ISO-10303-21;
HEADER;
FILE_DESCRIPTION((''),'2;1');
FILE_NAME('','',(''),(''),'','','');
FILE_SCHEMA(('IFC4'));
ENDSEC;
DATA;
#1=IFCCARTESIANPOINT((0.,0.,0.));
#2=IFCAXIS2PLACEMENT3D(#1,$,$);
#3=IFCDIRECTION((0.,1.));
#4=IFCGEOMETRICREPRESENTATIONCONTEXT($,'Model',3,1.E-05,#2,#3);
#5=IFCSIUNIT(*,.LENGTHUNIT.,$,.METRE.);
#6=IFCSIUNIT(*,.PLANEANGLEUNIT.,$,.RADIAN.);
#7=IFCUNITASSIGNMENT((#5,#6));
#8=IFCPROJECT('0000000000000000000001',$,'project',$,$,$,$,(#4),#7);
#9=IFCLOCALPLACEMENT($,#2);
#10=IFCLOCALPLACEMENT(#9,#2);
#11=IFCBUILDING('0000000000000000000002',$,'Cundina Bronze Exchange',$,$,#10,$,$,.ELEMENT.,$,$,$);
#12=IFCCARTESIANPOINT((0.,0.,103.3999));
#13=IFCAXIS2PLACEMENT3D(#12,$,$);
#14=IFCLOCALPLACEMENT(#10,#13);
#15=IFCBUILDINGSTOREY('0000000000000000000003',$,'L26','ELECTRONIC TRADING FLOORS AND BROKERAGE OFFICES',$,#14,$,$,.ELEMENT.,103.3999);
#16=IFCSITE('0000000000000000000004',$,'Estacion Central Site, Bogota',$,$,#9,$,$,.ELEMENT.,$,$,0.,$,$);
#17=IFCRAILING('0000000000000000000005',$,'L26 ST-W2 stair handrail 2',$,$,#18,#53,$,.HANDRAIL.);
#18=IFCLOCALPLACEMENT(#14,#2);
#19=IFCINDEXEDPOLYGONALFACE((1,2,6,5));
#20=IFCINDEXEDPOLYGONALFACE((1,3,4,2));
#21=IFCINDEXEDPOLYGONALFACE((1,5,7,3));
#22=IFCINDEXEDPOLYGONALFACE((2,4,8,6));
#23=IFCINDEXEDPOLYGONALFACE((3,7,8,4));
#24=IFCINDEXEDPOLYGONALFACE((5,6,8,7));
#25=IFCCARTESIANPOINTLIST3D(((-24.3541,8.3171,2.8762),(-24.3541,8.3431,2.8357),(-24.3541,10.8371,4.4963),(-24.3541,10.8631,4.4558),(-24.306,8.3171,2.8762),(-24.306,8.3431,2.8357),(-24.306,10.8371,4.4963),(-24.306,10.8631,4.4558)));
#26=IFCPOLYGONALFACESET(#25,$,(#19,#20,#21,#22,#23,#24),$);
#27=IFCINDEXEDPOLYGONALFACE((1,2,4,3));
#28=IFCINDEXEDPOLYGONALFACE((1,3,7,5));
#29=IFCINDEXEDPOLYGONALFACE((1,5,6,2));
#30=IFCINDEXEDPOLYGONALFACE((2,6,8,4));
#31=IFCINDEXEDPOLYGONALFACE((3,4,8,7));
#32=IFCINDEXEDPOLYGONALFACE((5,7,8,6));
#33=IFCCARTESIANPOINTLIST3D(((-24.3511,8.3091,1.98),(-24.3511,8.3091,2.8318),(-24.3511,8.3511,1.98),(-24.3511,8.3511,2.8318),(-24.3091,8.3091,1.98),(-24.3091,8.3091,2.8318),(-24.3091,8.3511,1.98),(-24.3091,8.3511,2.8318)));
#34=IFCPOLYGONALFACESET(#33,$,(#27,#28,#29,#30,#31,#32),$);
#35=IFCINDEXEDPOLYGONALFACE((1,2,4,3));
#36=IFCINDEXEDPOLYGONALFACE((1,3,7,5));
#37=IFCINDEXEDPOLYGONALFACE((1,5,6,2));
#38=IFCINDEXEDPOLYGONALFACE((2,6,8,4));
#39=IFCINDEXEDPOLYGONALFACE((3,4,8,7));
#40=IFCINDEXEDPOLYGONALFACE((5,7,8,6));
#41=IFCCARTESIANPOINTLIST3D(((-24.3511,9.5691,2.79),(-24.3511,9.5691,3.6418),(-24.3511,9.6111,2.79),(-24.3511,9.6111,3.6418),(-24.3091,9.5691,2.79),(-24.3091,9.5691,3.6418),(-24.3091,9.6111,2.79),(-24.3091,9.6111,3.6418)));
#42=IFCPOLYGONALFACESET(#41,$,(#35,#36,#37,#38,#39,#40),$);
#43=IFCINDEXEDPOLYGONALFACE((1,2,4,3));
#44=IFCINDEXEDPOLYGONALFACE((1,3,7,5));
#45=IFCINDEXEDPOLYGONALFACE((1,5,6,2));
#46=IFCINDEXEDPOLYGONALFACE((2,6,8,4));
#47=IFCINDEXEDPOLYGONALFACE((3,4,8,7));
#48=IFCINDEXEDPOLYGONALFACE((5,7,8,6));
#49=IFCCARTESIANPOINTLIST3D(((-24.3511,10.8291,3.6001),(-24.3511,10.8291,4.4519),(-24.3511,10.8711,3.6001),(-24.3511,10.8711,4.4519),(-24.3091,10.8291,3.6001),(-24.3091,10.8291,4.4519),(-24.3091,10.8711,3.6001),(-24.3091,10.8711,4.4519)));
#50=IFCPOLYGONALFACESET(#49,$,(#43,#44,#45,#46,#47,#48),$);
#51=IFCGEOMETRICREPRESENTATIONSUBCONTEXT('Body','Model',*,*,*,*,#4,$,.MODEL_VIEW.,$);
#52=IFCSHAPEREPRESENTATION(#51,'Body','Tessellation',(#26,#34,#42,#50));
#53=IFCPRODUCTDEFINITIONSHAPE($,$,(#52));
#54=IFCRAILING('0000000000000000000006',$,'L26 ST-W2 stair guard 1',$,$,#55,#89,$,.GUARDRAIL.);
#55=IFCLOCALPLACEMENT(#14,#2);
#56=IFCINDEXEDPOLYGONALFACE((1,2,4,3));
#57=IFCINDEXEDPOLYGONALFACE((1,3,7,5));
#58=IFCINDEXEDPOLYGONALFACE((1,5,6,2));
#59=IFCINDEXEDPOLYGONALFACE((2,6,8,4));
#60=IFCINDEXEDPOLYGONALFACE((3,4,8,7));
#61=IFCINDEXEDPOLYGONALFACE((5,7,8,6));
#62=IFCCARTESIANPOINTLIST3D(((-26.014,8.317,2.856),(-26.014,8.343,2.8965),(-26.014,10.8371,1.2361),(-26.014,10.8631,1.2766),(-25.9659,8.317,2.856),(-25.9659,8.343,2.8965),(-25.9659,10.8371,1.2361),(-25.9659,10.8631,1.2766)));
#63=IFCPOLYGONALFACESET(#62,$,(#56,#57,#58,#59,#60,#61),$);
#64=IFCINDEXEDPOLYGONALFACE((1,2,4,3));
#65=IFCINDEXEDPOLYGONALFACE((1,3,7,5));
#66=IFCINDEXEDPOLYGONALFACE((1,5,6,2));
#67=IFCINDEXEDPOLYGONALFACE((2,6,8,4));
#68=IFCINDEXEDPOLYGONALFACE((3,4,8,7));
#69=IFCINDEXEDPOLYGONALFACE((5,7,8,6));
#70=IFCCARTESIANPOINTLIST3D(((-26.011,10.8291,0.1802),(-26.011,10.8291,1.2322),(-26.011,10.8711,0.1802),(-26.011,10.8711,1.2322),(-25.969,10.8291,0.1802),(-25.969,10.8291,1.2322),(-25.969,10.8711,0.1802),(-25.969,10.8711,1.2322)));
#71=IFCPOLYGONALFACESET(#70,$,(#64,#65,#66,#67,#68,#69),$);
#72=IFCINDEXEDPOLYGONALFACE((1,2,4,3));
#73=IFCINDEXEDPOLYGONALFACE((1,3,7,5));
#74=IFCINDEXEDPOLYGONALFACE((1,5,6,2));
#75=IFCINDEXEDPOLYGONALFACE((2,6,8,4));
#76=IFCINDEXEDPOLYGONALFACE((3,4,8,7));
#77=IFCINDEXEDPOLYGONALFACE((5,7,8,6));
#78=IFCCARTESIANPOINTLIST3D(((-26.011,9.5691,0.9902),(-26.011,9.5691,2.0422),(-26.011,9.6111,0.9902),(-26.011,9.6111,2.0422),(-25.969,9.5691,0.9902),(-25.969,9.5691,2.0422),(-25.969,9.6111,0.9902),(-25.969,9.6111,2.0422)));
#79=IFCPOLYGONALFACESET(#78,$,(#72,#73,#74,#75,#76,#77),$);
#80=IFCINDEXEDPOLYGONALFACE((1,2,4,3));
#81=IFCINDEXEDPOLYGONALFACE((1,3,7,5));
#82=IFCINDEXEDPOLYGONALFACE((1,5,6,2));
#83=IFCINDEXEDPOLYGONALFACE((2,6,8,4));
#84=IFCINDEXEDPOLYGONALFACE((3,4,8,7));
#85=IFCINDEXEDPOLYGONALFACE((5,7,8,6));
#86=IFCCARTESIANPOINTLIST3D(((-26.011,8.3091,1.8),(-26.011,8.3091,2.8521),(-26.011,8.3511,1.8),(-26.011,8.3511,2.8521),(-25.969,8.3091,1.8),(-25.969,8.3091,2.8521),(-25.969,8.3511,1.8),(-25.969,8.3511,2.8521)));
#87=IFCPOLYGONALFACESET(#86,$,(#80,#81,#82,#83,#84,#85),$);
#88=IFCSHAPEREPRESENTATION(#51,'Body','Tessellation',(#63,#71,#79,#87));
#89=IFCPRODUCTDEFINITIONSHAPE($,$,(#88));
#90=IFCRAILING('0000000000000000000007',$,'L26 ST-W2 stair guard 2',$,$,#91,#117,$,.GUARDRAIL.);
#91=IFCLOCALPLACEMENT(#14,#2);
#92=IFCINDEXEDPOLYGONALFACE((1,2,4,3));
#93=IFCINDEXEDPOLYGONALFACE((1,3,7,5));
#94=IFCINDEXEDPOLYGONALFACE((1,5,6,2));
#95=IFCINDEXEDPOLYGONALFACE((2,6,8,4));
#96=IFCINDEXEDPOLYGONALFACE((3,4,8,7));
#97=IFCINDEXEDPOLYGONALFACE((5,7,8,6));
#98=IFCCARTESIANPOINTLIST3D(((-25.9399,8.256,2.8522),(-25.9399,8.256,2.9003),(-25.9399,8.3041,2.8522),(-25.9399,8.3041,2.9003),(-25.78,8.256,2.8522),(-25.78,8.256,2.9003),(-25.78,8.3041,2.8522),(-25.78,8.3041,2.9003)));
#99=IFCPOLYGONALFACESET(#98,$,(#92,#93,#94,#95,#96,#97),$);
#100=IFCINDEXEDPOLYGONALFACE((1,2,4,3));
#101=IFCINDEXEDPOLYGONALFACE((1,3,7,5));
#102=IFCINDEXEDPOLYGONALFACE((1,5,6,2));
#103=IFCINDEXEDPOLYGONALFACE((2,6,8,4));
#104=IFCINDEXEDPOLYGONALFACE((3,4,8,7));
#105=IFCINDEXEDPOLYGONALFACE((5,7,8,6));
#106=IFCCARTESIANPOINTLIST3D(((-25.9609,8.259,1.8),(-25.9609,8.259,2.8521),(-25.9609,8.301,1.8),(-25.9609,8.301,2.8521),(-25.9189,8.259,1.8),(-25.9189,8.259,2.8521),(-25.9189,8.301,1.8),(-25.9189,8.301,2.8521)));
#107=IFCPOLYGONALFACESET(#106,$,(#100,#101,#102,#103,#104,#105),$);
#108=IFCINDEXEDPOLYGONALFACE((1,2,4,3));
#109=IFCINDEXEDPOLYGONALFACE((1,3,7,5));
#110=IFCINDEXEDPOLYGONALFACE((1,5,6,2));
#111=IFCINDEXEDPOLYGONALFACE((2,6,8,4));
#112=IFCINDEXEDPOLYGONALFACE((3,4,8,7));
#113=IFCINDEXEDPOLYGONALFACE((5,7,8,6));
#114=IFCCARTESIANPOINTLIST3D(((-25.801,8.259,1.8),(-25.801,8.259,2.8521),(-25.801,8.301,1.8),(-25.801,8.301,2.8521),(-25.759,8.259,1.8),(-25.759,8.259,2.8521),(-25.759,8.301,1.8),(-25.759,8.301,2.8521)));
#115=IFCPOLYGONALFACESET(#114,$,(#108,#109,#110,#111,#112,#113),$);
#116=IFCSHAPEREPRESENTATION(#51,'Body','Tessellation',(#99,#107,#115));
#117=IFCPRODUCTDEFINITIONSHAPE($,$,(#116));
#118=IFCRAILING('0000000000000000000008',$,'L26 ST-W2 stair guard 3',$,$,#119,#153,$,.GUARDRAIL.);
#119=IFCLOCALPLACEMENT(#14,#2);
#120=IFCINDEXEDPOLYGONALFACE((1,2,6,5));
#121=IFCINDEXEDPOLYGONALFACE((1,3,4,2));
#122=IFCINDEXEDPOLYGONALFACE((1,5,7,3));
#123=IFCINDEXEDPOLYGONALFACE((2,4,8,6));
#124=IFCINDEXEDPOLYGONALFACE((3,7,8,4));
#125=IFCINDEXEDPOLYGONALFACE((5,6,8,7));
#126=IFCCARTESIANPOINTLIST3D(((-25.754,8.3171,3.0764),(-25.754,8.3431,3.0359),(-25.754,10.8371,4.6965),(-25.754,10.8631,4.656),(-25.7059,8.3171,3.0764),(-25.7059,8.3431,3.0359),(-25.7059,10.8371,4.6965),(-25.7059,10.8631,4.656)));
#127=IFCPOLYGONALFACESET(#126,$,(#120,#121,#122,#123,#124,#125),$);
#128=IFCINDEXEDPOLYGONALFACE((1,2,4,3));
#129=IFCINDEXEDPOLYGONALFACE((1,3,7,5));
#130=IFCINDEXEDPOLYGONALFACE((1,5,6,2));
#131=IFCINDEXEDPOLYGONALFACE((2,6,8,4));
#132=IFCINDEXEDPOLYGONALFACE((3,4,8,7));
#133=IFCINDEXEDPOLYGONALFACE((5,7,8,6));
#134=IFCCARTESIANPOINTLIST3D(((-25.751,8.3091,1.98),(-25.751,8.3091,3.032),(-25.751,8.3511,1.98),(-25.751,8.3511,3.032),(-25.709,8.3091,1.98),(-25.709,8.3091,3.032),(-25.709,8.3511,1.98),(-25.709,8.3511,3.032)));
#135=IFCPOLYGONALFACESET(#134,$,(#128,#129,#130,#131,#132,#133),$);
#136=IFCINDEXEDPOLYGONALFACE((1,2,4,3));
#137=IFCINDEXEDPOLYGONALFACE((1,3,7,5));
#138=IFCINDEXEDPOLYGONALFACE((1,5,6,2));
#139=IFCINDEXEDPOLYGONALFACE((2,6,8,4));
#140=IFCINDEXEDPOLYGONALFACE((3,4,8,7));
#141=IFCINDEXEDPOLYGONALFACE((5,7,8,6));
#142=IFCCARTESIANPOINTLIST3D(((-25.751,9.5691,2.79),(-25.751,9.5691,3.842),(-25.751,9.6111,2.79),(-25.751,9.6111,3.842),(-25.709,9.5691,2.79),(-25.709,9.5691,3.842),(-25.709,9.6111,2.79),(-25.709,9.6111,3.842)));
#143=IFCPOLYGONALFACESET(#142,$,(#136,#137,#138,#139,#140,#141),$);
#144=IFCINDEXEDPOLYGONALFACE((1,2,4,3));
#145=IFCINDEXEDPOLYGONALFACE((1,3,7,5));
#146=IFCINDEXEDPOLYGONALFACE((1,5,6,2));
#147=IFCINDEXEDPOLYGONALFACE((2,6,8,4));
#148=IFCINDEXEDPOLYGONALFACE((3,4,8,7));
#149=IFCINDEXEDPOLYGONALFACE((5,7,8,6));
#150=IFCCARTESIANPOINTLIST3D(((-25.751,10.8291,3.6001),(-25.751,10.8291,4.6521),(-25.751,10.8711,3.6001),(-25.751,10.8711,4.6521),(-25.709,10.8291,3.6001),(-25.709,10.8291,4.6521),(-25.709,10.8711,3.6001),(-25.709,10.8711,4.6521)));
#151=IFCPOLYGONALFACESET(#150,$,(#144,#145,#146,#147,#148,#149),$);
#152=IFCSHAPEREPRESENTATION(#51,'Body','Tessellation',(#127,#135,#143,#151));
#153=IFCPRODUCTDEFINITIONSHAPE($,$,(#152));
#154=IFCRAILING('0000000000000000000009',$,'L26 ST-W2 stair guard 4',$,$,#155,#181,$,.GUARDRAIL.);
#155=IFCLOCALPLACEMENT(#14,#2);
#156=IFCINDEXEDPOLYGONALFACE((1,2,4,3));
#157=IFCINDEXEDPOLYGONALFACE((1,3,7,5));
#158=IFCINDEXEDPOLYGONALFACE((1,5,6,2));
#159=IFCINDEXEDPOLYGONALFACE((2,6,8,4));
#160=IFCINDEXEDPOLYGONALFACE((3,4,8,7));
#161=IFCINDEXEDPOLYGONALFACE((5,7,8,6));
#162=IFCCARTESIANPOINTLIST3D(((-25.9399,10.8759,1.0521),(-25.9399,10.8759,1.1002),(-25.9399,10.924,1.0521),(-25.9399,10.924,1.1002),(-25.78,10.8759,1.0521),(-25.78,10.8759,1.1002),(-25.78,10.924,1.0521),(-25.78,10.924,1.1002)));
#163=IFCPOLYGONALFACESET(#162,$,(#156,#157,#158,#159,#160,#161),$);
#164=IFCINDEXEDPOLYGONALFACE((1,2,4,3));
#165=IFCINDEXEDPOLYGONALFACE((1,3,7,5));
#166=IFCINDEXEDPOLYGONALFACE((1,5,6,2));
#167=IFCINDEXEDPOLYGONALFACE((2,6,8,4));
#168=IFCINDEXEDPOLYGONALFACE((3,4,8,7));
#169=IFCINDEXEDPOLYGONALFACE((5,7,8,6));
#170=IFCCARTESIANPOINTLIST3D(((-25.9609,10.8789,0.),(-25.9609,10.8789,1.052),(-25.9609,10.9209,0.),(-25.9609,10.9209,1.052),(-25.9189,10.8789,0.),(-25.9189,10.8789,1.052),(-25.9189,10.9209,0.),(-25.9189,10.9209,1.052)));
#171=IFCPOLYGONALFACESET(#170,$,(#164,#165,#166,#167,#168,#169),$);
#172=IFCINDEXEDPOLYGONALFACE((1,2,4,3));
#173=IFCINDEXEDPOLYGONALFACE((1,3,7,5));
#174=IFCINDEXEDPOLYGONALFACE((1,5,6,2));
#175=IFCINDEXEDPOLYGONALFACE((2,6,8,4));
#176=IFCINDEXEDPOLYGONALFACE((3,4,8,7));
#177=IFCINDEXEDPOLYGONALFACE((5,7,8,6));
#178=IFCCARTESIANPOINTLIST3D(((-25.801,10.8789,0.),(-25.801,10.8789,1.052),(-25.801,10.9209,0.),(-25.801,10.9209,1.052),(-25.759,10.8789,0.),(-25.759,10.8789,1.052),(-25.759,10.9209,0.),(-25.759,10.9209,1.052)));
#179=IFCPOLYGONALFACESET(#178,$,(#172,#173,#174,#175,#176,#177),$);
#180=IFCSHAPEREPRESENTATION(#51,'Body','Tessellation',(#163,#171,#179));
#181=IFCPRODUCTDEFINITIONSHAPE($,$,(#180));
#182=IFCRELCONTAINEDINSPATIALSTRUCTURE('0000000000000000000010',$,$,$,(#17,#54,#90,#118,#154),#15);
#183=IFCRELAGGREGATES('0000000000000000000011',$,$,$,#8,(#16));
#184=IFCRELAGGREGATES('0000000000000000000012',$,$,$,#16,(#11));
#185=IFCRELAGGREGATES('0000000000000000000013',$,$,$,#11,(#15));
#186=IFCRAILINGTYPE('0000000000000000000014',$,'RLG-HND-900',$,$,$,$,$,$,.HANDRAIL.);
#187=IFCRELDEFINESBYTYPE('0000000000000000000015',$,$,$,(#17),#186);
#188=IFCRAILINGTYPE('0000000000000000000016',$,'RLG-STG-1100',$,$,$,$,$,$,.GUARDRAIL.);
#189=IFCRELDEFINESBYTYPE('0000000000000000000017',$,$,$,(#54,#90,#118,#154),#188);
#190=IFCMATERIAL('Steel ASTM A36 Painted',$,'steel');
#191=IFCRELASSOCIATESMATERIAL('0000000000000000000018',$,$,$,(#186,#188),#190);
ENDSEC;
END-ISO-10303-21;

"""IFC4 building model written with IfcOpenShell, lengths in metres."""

from ifc_helpers import new_model, si_unit, direction, frame, origin, origin_2d, place, context, subcontext, project, spatial, rectangle, extrude, material, type_object, element, save


model = new_model("IFC4")

# Units and contexts
model_context = context("Model", 3, precision=1e-05, world=origin(), true_north=direction((0.0, 1.0)))
body_context = subcontext(model_context, "Body", "Model", "MODEL_VIEW")
ifc_project = project(units=[si_unit("LENGTHUNIT", "METRE"), si_unit("PLANEANGLEUNIT", "RADIAN")], contexts=[model_context])

# Site, building, storey
site_placement = place(None, origin())
site = spatial("IfcSite", under=ifc_project, at=site_placement, Name="Estacion Central Site, Bogota", CompositionType="ELEMENT", RefElevation=0.0)
building_placement = place(site_placement, origin())
building = spatial("IfcBuilding", under=site, at=building_placement, Name="Cundina Bronze Exchange", CompositionType="ELEMENT")
storey_placement = place(building_placement, frame((0.0, 0.0, 103.3999)))
storey = spatial("IfcBuildingStorey", under=building, at=storey_placement, Name="L26", Description="ELECTRONIC TRADING FLOORS AND BROKERAGE OFFICES", CompositionType="ELEMENT", Elevation=103.3999)

# Shared definitions
ifc_material_1 = material(Name="Steel ASTM A36 Painted", Category="steel")

# Railings
railing_type_1 = type_object("IfcRailingType", Name="RLG-HND-900", PredefinedType="HANDRAIL", material=ifc_material_1)
railing_1_placement = place(storey_placement, frame((-24.3301, 8.3301, 1.98)))
element("IfcRailing", 1, at=railing_1_placement, inside=storey, type_object=railing_type_1, Name="L26 ST-W2 stair handrail 2", PredefinedType="HANDRAIL", context=body_context, shape_type="SweptSolid", body=[
    extrude(rectangle(XDim=0.0481, YDim=0.0481, at=origin_2d()), frame((0.0, 0.0, 0.876), z_axis=(0.0, 0.841163, 0.540782), x_axis=(-1.0, 0.0, 0.0)), (0.0, 0.0, 1.0), 2.9958),
    extrude(rectangle(XDim=0.042, YDim=0.042, at=origin_2d()), origin(), (0.0, 0.0, 1.0), 0.8518),
    extrude(rectangle(XDim=0.042, YDim=0.042, at=origin_2d()), frame((0.0, 1.26, 0.8101)), (0.0, 0.0, 1.0), 0.8518),
    extrude(rectangle(XDim=0.042, YDim=0.042, at=origin_2d()), frame((0.0, 2.52, 1.6201)), (0.0, 0.0, 1.0), 0.8518),
])
railing_type_2 = type_object("IfcRailingType", Name="RLG-STG-1100", PredefinedType="GUARDRAIL", material=ifc_material_1)
railing_2_placement = place(storey_placement, frame((-25.99, 10.8501, 0.1802)))
element("IfcRailing", 2, at=railing_2_placement, inside=storey, type_object=railing_type_2, Name="L26 ST-W2 stair guard 1", PredefinedType="GUARDRAIL", context=body_context, shape_type="SweptSolid", body=[
    extrude(rectangle(XDim=0.0481, YDim=0.0481, at=origin_2d()), frame((0.0, 0.0, 1.0762), z_axis=(0.0, -0.8412, 0.540725), x_axis=(1.0, 0.0, 0.0)), (0.0, 0.0, 1.0), 2.9958),
    extrude(rectangle(XDim=0.042, YDim=0.042, at=origin_2d()), origin(), (0.0, 0.0, 1.0), 1.052),
    extrude(rectangle(XDim=0.042, YDim=0.042, at=origin_2d()), frame((0.0, -1.26, 0.8101)), (0.0, 0.0, 1.0), 1.052),
    extrude(rectangle(XDim=0.042, YDim=0.042, at=origin_2d()), frame((0.0, -2.52, 1.6199)), (0.0, 0.0, 1.0), 1.052),
])
railing_3_placement = place(storey_placement, frame((-25.9399, 8.28, 1.8)))
element("IfcRailing", 3, at=railing_3_placement, inside=storey, type_object=railing_type_2, Name="L26 ST-W2 stair guard 2", PredefinedType="GUARDRAIL", context=body_context, shape_type="SweptSolid", body=[
    extrude(rectangle(XDim=0.0481, YDim=0.0481, at=origin_2d()), frame((0.0, 0.0, 1.0762), z_axis=(1.0, 0.0, 0.0), x_axis=(0.0, 1.0, 0.0)), (0.0, 0.0, 1.0), 0.1599),
    extrude(rectangle(XDim=0.042, YDim=0.042, at=origin_2d()), origin(), (0.0, 0.0, 1.0), 1.052),
    extrude(rectangle(XDim=0.042, YDim=0.042, at=origin_2d()), frame((0.1599, 0.0, 0.0)), (0.0, 0.0, 1.0), 1.052),
])
railing_4_placement = place(storey_placement, frame((-25.73, 8.3301, 1.98)))
element("IfcRailing", 4, at=railing_4_placement, inside=storey, type_object=railing_type_2, Name="L26 ST-W2 stair guard 3", PredefinedType="GUARDRAIL", context=body_context, shape_type="SweptSolid", body=[
    extrude(rectangle(XDim=0.0481, YDim=0.0481, at=origin_2d()), frame((0.0, 0.0, 1.0762), z_axis=(0.0, 0.841163, 0.540782), x_axis=(-1.0, 0.0, 0.0)), (0.0, 0.0, 1.0), 2.9958),
    extrude(rectangle(XDim=0.042, YDim=0.042, at=origin_2d()), origin(), (0.0, 0.0, 1.0), 1.052),
    extrude(rectangle(XDim=0.042, YDim=0.042, at=origin_2d()), frame((0.0, 1.26, 0.8101)), (0.0, 0.0, 1.0), 1.052),
    extrude(rectangle(XDim=0.042, YDim=0.042, at=origin_2d()), frame((0.0, 2.52, 1.6201)), (0.0, 0.0, 1.0), 1.052),
])
railing_5_placement = place(storey_placement, frame((-25.9399, 10.8999, 0.0)))
element("IfcRailing", 5, at=railing_5_placement, inside=storey, type_object=railing_type_2, Name="L26 ST-W2 stair guard 4", PredefinedType="GUARDRAIL", context=body_context, shape_type="SweptSolid", body=[
    extrude(rectangle(XDim=0.0481, YDim=0.0481, at=origin_2d()), frame((0.0, 0.0, 1.0762), z_axis=(1.0, 0.0, 0.0), x_axis=(0.0, 1.0, 0.0)), (0.0, 0.0, 1.0), 0.1599),
    extrude(rectangle(XDim=0.042, YDim=0.042, at=origin_2d()), origin(), (0.0, 0.0, 1.0), 1.052),
    extrude(rectangle(XDim=0.042, YDim=0.042, at=origin_2d()), frame((0.1599, 0.0, 0.0)), (0.0, 0.0, 1.0), 1.052),
])

save(model, "model.ifc")
